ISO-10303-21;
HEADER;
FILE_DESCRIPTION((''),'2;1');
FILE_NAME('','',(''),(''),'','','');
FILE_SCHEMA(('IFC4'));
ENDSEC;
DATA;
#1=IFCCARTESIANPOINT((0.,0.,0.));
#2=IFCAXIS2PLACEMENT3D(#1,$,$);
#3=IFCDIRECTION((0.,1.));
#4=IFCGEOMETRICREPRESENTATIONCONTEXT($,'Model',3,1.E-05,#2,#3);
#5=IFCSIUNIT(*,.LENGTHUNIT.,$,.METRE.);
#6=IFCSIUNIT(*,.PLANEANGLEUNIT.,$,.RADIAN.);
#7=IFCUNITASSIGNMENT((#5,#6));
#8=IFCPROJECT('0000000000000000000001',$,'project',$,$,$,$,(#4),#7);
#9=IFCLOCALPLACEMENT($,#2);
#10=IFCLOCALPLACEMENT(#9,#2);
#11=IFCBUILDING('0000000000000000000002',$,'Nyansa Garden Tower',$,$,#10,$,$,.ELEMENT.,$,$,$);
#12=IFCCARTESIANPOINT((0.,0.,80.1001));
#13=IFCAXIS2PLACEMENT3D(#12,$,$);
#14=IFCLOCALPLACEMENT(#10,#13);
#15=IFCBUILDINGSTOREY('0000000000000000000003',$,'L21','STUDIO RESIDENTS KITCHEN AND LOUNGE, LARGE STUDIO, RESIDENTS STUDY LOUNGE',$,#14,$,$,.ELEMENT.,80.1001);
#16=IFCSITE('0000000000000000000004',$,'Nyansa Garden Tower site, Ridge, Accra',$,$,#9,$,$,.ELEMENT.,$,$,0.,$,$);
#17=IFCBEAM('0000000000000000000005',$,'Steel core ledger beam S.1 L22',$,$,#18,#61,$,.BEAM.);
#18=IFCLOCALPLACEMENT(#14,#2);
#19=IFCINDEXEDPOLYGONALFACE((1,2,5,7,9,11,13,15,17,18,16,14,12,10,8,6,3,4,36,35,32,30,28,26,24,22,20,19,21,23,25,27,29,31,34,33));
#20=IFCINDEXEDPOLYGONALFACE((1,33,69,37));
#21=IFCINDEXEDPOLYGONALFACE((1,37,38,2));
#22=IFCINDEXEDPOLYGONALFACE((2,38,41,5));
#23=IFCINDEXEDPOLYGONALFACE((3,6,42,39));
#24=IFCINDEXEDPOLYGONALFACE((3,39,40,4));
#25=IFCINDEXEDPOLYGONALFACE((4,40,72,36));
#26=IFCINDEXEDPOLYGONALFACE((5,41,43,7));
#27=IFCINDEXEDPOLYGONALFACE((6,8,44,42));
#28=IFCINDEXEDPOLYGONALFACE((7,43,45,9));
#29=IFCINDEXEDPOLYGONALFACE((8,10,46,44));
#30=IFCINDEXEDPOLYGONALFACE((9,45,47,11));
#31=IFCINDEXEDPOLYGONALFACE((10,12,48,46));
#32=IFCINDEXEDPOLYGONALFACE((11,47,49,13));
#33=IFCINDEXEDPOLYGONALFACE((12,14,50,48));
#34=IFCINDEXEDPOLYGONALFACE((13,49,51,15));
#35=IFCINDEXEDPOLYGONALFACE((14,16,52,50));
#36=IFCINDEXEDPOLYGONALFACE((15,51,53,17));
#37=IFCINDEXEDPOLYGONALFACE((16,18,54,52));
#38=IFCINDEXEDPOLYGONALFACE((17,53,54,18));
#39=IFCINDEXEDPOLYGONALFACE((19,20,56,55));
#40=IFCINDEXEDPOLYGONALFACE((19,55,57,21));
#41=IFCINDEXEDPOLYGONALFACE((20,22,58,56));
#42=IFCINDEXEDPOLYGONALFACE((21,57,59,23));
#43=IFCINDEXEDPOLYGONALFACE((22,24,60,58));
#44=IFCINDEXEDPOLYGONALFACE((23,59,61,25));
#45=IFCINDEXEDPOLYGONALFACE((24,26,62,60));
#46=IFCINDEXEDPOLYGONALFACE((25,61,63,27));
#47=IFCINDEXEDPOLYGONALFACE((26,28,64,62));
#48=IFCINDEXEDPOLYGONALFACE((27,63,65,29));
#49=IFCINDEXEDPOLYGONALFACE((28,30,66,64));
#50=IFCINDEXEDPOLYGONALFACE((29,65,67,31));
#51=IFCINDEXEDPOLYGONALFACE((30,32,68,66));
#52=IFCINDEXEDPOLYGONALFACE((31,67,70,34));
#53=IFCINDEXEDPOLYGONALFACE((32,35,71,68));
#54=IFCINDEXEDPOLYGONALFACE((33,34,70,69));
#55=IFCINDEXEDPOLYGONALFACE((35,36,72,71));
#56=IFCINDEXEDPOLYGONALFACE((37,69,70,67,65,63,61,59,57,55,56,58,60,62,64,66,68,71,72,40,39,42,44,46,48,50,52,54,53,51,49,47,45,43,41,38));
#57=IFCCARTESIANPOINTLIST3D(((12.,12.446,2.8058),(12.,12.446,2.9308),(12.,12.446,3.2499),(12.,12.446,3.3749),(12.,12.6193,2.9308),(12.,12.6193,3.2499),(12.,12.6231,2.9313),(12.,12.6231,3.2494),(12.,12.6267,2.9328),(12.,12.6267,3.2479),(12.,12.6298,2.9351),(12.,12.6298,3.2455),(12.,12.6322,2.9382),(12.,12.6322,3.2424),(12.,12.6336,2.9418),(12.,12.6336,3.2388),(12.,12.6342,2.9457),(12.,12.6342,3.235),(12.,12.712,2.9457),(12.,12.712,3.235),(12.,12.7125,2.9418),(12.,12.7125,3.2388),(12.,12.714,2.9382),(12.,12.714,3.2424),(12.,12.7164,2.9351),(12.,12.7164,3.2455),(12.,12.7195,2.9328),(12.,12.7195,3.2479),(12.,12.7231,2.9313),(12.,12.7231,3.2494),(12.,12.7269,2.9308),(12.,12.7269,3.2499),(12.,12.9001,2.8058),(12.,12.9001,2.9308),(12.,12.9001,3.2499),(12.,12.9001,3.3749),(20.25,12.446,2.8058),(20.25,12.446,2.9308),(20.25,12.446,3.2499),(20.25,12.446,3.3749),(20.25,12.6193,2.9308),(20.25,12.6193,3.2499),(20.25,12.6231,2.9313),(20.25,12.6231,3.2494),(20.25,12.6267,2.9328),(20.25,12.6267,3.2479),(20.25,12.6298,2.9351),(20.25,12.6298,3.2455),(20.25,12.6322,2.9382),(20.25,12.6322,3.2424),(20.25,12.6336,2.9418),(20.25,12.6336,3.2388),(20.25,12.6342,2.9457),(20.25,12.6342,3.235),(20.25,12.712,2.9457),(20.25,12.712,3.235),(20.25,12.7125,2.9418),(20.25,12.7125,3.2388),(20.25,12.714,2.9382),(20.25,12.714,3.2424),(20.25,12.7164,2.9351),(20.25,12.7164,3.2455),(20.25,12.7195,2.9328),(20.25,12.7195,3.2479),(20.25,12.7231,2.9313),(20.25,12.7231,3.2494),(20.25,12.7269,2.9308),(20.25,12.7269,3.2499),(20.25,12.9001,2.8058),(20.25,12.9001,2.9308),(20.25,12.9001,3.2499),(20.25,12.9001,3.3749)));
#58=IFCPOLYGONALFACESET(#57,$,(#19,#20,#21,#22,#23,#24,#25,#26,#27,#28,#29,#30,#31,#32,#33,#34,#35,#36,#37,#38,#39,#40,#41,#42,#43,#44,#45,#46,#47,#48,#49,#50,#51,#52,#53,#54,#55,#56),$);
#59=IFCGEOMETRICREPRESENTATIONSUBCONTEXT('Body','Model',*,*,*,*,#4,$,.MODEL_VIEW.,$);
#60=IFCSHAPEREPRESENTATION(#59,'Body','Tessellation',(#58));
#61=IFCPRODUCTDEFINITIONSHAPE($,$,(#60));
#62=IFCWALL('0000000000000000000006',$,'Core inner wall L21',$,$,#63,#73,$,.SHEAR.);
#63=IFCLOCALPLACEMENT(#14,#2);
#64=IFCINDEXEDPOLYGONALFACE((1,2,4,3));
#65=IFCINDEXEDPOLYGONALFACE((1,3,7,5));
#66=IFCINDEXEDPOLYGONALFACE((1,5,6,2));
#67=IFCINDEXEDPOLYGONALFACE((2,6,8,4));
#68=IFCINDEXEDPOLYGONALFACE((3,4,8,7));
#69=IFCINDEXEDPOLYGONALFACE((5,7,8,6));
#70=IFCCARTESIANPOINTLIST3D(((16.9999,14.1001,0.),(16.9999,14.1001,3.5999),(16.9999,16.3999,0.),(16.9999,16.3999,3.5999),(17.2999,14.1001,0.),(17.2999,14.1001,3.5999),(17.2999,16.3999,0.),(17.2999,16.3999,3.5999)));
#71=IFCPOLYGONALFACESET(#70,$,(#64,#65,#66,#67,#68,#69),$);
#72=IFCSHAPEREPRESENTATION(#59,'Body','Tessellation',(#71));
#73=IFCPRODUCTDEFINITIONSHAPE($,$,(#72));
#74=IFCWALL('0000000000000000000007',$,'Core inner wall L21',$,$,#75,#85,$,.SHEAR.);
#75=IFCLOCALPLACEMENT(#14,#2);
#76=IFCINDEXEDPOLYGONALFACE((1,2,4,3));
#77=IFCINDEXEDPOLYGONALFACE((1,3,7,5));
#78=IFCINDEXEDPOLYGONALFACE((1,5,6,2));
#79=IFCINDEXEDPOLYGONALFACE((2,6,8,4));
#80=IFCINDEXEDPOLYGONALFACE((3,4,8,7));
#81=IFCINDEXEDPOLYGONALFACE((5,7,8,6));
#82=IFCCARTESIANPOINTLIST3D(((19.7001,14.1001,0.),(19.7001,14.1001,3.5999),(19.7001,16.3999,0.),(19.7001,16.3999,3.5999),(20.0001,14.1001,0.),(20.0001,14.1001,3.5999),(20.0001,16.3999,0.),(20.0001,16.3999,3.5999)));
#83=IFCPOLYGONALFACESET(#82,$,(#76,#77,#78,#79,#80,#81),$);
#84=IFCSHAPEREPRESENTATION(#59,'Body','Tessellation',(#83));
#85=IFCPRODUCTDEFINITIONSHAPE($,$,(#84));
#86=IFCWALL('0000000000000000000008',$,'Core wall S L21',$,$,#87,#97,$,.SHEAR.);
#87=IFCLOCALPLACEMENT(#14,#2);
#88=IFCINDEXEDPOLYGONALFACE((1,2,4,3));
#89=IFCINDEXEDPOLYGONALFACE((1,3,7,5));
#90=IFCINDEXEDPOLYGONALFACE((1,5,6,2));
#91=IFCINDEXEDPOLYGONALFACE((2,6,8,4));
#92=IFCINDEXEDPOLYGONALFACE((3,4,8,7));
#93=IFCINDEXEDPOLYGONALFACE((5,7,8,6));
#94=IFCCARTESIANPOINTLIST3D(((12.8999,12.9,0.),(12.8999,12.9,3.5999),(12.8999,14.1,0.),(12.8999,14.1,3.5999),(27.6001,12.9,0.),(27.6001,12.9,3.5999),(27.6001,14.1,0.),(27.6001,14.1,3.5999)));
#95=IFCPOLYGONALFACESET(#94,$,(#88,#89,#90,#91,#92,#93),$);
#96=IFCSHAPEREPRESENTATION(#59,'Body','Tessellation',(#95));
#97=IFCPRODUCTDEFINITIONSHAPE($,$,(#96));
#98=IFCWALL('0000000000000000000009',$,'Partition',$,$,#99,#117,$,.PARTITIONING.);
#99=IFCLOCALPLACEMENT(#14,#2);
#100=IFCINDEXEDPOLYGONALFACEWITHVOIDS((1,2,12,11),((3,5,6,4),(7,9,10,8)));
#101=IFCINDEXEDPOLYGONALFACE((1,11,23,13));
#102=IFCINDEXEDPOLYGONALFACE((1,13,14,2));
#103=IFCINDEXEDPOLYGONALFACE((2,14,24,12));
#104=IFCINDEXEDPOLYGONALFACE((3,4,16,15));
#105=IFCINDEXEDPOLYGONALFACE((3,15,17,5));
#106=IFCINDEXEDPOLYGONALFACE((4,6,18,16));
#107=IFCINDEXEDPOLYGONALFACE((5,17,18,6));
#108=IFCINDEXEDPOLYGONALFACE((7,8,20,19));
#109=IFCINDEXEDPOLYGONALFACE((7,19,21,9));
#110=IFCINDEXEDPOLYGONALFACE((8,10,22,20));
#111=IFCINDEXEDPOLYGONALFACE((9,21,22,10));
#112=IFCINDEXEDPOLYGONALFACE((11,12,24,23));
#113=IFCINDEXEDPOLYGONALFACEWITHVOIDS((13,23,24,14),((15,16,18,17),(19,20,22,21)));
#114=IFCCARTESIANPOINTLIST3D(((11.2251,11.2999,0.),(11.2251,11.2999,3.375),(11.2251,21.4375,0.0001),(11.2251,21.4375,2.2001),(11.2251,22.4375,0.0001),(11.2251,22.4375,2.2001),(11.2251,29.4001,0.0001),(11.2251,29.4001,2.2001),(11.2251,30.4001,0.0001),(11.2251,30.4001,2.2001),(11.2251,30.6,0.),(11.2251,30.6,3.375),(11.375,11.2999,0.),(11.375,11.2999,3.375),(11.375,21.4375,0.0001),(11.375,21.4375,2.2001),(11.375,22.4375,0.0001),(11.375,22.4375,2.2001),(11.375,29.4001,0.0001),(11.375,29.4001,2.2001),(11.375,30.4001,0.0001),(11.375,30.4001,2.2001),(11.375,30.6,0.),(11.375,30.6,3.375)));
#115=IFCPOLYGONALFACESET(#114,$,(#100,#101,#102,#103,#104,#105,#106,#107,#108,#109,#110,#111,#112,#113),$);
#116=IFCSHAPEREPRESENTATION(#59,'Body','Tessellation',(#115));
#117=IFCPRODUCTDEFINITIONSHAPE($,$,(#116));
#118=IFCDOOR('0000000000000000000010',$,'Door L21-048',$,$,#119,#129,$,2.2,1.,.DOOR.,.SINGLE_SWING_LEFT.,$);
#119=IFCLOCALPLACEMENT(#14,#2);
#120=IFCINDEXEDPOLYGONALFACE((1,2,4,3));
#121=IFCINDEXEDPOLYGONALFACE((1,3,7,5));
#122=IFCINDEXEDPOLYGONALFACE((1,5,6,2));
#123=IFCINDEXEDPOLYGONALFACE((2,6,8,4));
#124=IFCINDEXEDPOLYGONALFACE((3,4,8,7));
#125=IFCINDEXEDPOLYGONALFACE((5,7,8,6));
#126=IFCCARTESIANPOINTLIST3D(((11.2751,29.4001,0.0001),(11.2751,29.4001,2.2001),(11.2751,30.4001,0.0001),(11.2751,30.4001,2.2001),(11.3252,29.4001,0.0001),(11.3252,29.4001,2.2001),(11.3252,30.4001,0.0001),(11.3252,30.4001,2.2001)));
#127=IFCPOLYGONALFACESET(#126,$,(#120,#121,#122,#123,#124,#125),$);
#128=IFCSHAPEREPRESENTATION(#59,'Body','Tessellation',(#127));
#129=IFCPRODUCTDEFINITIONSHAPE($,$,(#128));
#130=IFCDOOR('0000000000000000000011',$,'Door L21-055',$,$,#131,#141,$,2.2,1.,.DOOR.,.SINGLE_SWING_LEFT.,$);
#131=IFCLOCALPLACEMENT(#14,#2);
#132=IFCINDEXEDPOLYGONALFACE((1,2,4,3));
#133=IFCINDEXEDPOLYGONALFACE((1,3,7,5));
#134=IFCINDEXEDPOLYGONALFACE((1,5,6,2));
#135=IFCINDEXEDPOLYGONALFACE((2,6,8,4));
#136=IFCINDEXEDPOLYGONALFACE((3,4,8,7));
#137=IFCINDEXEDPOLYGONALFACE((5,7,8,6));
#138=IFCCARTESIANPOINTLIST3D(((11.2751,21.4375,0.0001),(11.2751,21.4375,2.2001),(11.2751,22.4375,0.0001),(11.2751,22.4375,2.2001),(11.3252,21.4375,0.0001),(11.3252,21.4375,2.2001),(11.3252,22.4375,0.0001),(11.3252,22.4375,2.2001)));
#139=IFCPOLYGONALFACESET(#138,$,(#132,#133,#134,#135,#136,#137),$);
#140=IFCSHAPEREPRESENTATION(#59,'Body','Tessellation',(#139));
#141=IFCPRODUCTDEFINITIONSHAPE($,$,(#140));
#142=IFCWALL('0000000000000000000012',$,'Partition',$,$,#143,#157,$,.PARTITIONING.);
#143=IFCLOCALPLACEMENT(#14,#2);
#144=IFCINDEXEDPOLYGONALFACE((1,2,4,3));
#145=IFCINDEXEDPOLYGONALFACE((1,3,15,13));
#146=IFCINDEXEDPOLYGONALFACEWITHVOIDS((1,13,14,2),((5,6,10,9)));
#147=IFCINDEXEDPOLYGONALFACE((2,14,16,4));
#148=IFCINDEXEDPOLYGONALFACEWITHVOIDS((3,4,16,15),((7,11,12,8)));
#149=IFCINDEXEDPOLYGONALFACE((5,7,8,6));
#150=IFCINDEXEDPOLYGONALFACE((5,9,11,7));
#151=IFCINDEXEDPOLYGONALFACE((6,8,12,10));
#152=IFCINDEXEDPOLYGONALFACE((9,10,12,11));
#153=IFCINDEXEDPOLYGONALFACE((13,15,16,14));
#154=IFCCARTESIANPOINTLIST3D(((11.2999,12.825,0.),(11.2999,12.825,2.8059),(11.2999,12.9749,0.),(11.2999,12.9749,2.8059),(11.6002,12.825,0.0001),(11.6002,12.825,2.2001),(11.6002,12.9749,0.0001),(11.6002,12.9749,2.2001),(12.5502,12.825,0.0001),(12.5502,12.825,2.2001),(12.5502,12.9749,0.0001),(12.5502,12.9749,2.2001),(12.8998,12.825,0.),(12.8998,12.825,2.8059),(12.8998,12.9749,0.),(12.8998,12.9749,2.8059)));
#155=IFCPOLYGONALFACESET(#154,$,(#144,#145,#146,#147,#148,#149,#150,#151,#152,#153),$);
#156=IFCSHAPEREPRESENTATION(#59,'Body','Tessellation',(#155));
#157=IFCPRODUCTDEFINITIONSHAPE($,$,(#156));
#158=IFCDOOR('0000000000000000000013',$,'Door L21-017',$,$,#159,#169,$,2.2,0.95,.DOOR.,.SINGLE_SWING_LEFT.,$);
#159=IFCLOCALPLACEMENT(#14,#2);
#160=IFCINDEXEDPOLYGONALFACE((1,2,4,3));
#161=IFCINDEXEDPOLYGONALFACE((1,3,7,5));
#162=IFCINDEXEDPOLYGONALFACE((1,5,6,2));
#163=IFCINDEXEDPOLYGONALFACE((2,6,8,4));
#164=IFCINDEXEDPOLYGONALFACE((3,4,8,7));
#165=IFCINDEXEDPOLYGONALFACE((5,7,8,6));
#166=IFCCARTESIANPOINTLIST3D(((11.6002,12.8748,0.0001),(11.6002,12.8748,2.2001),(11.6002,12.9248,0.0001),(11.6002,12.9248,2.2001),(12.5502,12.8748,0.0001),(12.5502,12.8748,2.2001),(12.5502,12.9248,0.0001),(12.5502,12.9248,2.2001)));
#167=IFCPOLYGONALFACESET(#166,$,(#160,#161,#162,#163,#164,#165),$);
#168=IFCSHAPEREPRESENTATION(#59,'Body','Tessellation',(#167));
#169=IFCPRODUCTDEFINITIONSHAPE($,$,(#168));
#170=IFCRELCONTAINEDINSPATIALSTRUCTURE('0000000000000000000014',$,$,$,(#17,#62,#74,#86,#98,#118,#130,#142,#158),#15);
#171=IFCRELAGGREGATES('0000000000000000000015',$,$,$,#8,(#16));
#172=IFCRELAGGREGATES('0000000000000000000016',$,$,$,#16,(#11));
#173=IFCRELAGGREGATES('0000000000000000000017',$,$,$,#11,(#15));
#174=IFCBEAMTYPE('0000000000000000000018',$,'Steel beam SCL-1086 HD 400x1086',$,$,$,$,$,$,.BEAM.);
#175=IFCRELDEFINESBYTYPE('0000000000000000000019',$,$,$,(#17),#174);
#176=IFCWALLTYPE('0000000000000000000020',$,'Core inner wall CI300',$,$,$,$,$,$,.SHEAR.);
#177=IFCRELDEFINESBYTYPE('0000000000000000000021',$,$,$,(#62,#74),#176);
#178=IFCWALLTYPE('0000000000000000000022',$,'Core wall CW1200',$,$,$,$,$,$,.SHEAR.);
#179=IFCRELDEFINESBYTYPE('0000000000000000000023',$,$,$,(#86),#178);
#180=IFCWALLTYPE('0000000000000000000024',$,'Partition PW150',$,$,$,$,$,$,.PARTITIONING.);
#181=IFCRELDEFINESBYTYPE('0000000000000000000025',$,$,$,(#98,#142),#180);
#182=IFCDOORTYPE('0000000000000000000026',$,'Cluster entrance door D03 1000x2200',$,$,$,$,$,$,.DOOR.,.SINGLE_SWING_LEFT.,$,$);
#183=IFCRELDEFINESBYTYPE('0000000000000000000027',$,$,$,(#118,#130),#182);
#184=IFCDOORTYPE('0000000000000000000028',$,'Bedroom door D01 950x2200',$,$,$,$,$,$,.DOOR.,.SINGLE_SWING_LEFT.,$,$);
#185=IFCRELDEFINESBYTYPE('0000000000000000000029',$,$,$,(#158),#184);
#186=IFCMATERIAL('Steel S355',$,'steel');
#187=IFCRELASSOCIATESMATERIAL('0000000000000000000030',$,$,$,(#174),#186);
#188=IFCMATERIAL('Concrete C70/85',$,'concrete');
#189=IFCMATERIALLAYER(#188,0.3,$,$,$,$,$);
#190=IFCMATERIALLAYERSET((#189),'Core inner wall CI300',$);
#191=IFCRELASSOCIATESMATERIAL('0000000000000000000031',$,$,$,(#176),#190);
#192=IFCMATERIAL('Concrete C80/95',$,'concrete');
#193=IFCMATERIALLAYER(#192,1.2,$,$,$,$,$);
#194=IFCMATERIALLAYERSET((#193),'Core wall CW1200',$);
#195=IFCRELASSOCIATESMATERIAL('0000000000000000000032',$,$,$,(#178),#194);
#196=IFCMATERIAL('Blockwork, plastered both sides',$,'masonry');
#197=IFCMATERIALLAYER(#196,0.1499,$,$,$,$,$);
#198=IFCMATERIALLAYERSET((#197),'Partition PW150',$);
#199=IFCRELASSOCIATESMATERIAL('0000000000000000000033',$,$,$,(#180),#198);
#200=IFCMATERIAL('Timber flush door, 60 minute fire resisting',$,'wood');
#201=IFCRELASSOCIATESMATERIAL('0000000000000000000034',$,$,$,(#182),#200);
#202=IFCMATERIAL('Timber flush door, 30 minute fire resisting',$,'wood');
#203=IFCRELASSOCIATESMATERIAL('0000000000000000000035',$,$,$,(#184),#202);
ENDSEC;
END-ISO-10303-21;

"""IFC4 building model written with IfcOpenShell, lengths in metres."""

from ifc_helpers import new_model, si_unit, direction, frame, frame_2d, origin, origin_2d, place, context, subcontext, project, spatial, rectangle, i_section, extrude, material, layer, layer_set, material_profile, profile_set, type_object, element, fill, save


model = new_model("IFC4")

# Units and contexts
model_context = context("Model", 3, precision=1e-05, world=origin(), true_north=direction((0.0, 1.0)))
body_context = subcontext(model_context, "Body", "Model", "MODEL_VIEW")
ifc_project = project(units=[si_unit("LENGTHUNIT", "METRE"), si_unit("PLANEANGLEUNIT", "RADIAN")], contexts=[model_context])

# Site, building, storey
site_placement = place(None, origin())
site = spatial("IfcSite", under=ifc_project, at=site_placement, Name="Nyansa Garden Tower site, Ridge, Accra", CompositionType="ELEMENT", RefElevation=0.0)
building_placement = place(site_placement, origin())
building = spatial("IfcBuilding", under=site, at=building_placement, Name="Nyansa Garden Tower", CompositionType="ELEMENT")
storey_placement = place(building_placement, frame((0.0, 0.0, 80.1001)))
storey = spatial("IfcBuildingStorey", under=building, at=storey_placement, Name="L21", Description="STUDIO RESIDENTS KITCHEN AND LOUNGE, LARGE STUDIO, RESIDENTS STUDY LOUNGE", CompositionType="ELEMENT", Elevation=80.1001)

# Beam
ifc_material_1 = material(Name="Steel S355", Category="steel")
ifc_material_profile_1 = material_profile(ifc_material_1, i_section(OverallWidth=0.4541, OverallDepth=0.5691, WebThickness=0.0779, FlangeThickness=0.125, FilletRadius=0.0149, at=origin_2d()), Name="HD 400x1086")
ifc_profile_set_1 = profile_set([ifc_material_profile_1], Name="Steel S355")
beam_type_1 = type_object("IfcBeamType", Name="Steel beam SCL-1086 HD 400x1086", PredefinedType="BEAM", material=ifc_profile_set_1)
beam_1_placement = place(storey_placement, frame((12.0, 12.6731, 3.0903), z_axis=(1.0, 0.0, 0.0), x_axis=(0.0, 1.0, 0.0)))
element("IfcBeam", 1, at=beam_1_placement, inside=storey, type_object=beam_type_1, Name="Steel core ledger beam S.1 L22", PredefinedType="BEAM", context=body_context, shape_type="SweptSolid", body=[
    extrude(i_section(OverallWidth=0.4541, OverallDepth=0.5691, WebThickness=0.0779, FlangeThickness=0.125, FilletRadius=0.0149, at=origin_2d()), origin(), (0.0, 0.0, 1.0), 8.25),
])

# Walls
ifc_material_2 = material(Name="Concrete C70/85", Category="concrete")
ifc_layer_1 = layer(ifc_material_2, 0.3)
ifc_layer_set_1 = layer_set([ifc_layer_1], Name="Core inner wall CI300")
wall_type_1 = type_object("IfcWallType", Name="Core inner wall CI300", PredefinedType="SHEAR", material=ifc_layer_set_1)
for number, where, z_axis, x_axis, name in (
    (2, (17.1499, 14.1001, 0.0), (0.0, 0.0, 1.0), (0.0, 1.0, 0.0), "Core inner wall L21"),
    (3, (19.8501, 14.1001, 0.0), (0.0, 0.0, 1.0), (0.0, 1.0, 0.0), "Core inner wall L21"),
):
    element("IfcWall", number, at=place(storey_placement, frame(where, z_axis=z_axis, x_axis=x_axis)), inside=storey, type_object=wall_type_1, Name=name, PredefinedType="SHEAR", context=body_context, shape_type="SweptSolid", body=[
        extrude(rectangle(XDim=2.2998, YDim=0.3, at=frame_2d((1.1499, 0.0))), origin(), (0.0, 0.0, 1.0), 3.5999),
    ])
ifc_material_3 = material(Name="Concrete C80/95", Category="concrete")
ifc_layer_2 = layer(ifc_material_3, 1.2)
ifc_layer_set_2 = layer_set([ifc_layer_2], Name="Core wall CW1200")
wall_type_2 = type_object("IfcWallType", Name="Core wall CW1200", PredefinedType="SHEAR", material=ifc_layer_set_2)
wall_1_placement = place(storey_placement, frame((12.8999, 13.5, 0.0), z_axis=(0.0, 0.0, 1.0), x_axis=(1.0, 0.0, 0.0)))
element("IfcWall", 4, at=wall_1_placement, inside=storey, type_object=wall_type_2, Name="Core wall S L21", PredefinedType="SHEAR", context=body_context, shape_type="SweptSolid", body=[
    extrude(rectangle(XDim=14.7002, YDim=1.2, at=frame_2d((7.3501, 0.0))), origin(), (0.0, 0.0, 1.0), 3.5999),
])

# Wall, openings, doors
ifc_material_4 = material(Name="Blockwork, plastered both sides", Category="masonry")
ifc_layer_3 = layer(ifc_material_4, 0.1499)
ifc_layer_set_3 = layer_set([ifc_layer_3], Name="Partition PW150")
wall_type_3 = type_object("IfcWallType", Name="Partition PW150", PredefinedType="PARTITIONING", material=ifc_layer_set_3)
wall_2_placement = place(storey_placement, frame((11.3, 11.3, 0.0), z_axis=(0.0, 0.0, 1.0), x_axis=(0.0, 1.0, 0.0)))
wall_2 = element("IfcWall", 5, at=wall_2_placement, inside=storey, type_object=wall_type_3, Name="Partition", PredefinedType="PARTITIONING", context=body_context, shape_type="SweptSolid", body=[
    extrude(rectangle(XDim=19.3, YDim=0.1499, at=frame_2d((9.6499, 0.0))), origin(), (0.0, 0.0, 1.0), 3.375),
])
opening_1_placement = place(wall_2_placement, frame((18.1001, 0.0, 0.0)))
opening_1 = element("IfcOpeningElement", 6, at=opening_1_placement, cuts=wall_2, PredefinedType="OPENING", context=body_context, shape_type="SweptSolid", body=[
    extrude(rectangle(XDim=1.0, YDim=2.2, at=frame_2d((0.5, 1.1001))), frame((0.0, 0.085, 0.0), z_axis=(0.0, -1.0, 0.0), x_axis=(1.0, 0.0, 0.0)), (0.0, 0.0, 1.0), 0.1699),
])
opening_2_placement = place(wall_2_placement, frame((10.1375, 0.0, 0.0)))
opening_2 = element("IfcOpeningElement", 7, at=opening_2_placement, cuts=wall_2, PredefinedType="OPENING", context=body_context, shape_type="SweptSolid", body=[
    extrude(rectangle(XDim=1.0, YDim=2.2, at=frame_2d((0.5, 1.1001))), frame((0.0, 0.085, 0.0), z_axis=(0.0, -1.0, 0.0), x_axis=(1.0, 0.0, 0.0)), (0.0, 0.0, 1.0), 0.1699),
])
ifc_material_5 = material(Name="Timber flush door, 60 minute fire resisting", Category="wood")
door_type_1 = type_object("IfcDoorType", Name="Cluster entrance door D03 1000x2200", OperationType="SINGLE_SWING_LEFT", PredefinedType="DOOR", material=ifc_material_5)
door_1_placement = place(opening_1_placement, origin())
door_1 = element("IfcDoor", 8, at=door_1_placement, inside=storey, type_object=door_type_1, Name="Door L21-048", OperationType="SINGLE_SWING_LEFT", OverallHeight=2.2, OverallWidth=1.0, PredefinedType="DOOR", context=body_context, shape_type="SweptSolid", body=[
    extrude(rectangle(XDim=1.0, YDim=2.2, at=frame_2d((0.5, 1.1001))), frame((0.0, 0.0249, 0.0), z_axis=(0.0, -1.0, 0.0), x_axis=(1.0, 0.0, 0.0)), (0.0, 0.0, 1.0), 0.05),
])
fill(opening_1, door_1)
door_2_placement = place(opening_2_placement, origin())
door_2 = element("IfcDoor", 9, at=door_2_placement, inside=storey, type_object=door_type_1, Name="Door L21-055", OperationType="SINGLE_SWING_LEFT", OverallHeight=2.2, OverallWidth=1.0, PredefinedType="DOOR", context=body_context, shape_type="SweptSolid", body=[
    extrude(rectangle(XDim=1.0, YDim=2.2, at=frame_2d((0.5, 1.1001))), frame((0.0, 0.0249, 0.0), z_axis=(0.0, -1.0, 0.0), x_axis=(1.0, 0.0, 0.0)), (0.0, 0.0, 1.0), 0.05),
])
fill(opening_2, door_2)

# Wall, opening, door
wall_3_placement = place(storey_placement, frame((11.3, 12.8999, 0.0), z_axis=(0.0, 0.0, 1.0), x_axis=(1.0, 0.0, 0.0)))
wall_3 = element("IfcWall", 10, at=wall_3_placement, inside=storey, type_object=wall_type_3, Name="Partition", PredefinedType="PARTITIONING", context=body_context, shape_type="SweptSolid", body=[
    extrude(rectangle(XDim=1.5999, YDim=0.1499, at=frame_2d((0.7998, 0.0))), origin(), (0.0, 0.0, 1.0), 2.8059),
])
opening_3_placement = place(wall_3_placement, frame((0.3, 0.0, 0.0)))
opening_3 = element("IfcOpeningElement", 11, at=opening_3_placement, cuts=wall_3, PredefinedType="OPENING", context=body_context, shape_type="SweptSolid", body=[
    extrude(rectangle(XDim=0.95, YDim=2.2, at=frame_2d((0.4751, 1.1001))), frame((0.0, 0.085, 0.0), z_axis=(0.0, -1.0, 0.0), x_axis=(1.0, 0.0, 0.0)), (0.0, 0.0, 1.0), 0.1699),
])
ifc_material_6 = material(Name="Timber flush door, 30 minute fire resisting", Category="wood")
door_type_2 = type_object("IfcDoorType", Name="Bedroom door D01 950x2200", OperationType="SINGLE_SWING_LEFT", PredefinedType="DOOR", material=ifc_material_6)
door_3_placement = place(opening_3_placement, origin())
door_3 = element("IfcDoor", 12, at=door_3_placement, inside=storey, type_object=door_type_2, Name="Door L21-017", OperationType="SINGLE_SWING_LEFT", OverallHeight=2.2, OverallWidth=0.95, PredefinedType="DOOR", context=body_context, shape_type="SweptSolid", body=[
    extrude(rectangle(XDim=0.95, YDim=2.2, at=frame_2d((0.4751, 1.1001))), frame((0.0, 0.0249, 0.0), z_axis=(0.0, -1.0, 0.0), x_axis=(1.0, 0.0, 0.0)), (0.0, 0.0, 1.0), 0.05),
])
fill(opening_3, door_3)

save(model, "model.ifc")
